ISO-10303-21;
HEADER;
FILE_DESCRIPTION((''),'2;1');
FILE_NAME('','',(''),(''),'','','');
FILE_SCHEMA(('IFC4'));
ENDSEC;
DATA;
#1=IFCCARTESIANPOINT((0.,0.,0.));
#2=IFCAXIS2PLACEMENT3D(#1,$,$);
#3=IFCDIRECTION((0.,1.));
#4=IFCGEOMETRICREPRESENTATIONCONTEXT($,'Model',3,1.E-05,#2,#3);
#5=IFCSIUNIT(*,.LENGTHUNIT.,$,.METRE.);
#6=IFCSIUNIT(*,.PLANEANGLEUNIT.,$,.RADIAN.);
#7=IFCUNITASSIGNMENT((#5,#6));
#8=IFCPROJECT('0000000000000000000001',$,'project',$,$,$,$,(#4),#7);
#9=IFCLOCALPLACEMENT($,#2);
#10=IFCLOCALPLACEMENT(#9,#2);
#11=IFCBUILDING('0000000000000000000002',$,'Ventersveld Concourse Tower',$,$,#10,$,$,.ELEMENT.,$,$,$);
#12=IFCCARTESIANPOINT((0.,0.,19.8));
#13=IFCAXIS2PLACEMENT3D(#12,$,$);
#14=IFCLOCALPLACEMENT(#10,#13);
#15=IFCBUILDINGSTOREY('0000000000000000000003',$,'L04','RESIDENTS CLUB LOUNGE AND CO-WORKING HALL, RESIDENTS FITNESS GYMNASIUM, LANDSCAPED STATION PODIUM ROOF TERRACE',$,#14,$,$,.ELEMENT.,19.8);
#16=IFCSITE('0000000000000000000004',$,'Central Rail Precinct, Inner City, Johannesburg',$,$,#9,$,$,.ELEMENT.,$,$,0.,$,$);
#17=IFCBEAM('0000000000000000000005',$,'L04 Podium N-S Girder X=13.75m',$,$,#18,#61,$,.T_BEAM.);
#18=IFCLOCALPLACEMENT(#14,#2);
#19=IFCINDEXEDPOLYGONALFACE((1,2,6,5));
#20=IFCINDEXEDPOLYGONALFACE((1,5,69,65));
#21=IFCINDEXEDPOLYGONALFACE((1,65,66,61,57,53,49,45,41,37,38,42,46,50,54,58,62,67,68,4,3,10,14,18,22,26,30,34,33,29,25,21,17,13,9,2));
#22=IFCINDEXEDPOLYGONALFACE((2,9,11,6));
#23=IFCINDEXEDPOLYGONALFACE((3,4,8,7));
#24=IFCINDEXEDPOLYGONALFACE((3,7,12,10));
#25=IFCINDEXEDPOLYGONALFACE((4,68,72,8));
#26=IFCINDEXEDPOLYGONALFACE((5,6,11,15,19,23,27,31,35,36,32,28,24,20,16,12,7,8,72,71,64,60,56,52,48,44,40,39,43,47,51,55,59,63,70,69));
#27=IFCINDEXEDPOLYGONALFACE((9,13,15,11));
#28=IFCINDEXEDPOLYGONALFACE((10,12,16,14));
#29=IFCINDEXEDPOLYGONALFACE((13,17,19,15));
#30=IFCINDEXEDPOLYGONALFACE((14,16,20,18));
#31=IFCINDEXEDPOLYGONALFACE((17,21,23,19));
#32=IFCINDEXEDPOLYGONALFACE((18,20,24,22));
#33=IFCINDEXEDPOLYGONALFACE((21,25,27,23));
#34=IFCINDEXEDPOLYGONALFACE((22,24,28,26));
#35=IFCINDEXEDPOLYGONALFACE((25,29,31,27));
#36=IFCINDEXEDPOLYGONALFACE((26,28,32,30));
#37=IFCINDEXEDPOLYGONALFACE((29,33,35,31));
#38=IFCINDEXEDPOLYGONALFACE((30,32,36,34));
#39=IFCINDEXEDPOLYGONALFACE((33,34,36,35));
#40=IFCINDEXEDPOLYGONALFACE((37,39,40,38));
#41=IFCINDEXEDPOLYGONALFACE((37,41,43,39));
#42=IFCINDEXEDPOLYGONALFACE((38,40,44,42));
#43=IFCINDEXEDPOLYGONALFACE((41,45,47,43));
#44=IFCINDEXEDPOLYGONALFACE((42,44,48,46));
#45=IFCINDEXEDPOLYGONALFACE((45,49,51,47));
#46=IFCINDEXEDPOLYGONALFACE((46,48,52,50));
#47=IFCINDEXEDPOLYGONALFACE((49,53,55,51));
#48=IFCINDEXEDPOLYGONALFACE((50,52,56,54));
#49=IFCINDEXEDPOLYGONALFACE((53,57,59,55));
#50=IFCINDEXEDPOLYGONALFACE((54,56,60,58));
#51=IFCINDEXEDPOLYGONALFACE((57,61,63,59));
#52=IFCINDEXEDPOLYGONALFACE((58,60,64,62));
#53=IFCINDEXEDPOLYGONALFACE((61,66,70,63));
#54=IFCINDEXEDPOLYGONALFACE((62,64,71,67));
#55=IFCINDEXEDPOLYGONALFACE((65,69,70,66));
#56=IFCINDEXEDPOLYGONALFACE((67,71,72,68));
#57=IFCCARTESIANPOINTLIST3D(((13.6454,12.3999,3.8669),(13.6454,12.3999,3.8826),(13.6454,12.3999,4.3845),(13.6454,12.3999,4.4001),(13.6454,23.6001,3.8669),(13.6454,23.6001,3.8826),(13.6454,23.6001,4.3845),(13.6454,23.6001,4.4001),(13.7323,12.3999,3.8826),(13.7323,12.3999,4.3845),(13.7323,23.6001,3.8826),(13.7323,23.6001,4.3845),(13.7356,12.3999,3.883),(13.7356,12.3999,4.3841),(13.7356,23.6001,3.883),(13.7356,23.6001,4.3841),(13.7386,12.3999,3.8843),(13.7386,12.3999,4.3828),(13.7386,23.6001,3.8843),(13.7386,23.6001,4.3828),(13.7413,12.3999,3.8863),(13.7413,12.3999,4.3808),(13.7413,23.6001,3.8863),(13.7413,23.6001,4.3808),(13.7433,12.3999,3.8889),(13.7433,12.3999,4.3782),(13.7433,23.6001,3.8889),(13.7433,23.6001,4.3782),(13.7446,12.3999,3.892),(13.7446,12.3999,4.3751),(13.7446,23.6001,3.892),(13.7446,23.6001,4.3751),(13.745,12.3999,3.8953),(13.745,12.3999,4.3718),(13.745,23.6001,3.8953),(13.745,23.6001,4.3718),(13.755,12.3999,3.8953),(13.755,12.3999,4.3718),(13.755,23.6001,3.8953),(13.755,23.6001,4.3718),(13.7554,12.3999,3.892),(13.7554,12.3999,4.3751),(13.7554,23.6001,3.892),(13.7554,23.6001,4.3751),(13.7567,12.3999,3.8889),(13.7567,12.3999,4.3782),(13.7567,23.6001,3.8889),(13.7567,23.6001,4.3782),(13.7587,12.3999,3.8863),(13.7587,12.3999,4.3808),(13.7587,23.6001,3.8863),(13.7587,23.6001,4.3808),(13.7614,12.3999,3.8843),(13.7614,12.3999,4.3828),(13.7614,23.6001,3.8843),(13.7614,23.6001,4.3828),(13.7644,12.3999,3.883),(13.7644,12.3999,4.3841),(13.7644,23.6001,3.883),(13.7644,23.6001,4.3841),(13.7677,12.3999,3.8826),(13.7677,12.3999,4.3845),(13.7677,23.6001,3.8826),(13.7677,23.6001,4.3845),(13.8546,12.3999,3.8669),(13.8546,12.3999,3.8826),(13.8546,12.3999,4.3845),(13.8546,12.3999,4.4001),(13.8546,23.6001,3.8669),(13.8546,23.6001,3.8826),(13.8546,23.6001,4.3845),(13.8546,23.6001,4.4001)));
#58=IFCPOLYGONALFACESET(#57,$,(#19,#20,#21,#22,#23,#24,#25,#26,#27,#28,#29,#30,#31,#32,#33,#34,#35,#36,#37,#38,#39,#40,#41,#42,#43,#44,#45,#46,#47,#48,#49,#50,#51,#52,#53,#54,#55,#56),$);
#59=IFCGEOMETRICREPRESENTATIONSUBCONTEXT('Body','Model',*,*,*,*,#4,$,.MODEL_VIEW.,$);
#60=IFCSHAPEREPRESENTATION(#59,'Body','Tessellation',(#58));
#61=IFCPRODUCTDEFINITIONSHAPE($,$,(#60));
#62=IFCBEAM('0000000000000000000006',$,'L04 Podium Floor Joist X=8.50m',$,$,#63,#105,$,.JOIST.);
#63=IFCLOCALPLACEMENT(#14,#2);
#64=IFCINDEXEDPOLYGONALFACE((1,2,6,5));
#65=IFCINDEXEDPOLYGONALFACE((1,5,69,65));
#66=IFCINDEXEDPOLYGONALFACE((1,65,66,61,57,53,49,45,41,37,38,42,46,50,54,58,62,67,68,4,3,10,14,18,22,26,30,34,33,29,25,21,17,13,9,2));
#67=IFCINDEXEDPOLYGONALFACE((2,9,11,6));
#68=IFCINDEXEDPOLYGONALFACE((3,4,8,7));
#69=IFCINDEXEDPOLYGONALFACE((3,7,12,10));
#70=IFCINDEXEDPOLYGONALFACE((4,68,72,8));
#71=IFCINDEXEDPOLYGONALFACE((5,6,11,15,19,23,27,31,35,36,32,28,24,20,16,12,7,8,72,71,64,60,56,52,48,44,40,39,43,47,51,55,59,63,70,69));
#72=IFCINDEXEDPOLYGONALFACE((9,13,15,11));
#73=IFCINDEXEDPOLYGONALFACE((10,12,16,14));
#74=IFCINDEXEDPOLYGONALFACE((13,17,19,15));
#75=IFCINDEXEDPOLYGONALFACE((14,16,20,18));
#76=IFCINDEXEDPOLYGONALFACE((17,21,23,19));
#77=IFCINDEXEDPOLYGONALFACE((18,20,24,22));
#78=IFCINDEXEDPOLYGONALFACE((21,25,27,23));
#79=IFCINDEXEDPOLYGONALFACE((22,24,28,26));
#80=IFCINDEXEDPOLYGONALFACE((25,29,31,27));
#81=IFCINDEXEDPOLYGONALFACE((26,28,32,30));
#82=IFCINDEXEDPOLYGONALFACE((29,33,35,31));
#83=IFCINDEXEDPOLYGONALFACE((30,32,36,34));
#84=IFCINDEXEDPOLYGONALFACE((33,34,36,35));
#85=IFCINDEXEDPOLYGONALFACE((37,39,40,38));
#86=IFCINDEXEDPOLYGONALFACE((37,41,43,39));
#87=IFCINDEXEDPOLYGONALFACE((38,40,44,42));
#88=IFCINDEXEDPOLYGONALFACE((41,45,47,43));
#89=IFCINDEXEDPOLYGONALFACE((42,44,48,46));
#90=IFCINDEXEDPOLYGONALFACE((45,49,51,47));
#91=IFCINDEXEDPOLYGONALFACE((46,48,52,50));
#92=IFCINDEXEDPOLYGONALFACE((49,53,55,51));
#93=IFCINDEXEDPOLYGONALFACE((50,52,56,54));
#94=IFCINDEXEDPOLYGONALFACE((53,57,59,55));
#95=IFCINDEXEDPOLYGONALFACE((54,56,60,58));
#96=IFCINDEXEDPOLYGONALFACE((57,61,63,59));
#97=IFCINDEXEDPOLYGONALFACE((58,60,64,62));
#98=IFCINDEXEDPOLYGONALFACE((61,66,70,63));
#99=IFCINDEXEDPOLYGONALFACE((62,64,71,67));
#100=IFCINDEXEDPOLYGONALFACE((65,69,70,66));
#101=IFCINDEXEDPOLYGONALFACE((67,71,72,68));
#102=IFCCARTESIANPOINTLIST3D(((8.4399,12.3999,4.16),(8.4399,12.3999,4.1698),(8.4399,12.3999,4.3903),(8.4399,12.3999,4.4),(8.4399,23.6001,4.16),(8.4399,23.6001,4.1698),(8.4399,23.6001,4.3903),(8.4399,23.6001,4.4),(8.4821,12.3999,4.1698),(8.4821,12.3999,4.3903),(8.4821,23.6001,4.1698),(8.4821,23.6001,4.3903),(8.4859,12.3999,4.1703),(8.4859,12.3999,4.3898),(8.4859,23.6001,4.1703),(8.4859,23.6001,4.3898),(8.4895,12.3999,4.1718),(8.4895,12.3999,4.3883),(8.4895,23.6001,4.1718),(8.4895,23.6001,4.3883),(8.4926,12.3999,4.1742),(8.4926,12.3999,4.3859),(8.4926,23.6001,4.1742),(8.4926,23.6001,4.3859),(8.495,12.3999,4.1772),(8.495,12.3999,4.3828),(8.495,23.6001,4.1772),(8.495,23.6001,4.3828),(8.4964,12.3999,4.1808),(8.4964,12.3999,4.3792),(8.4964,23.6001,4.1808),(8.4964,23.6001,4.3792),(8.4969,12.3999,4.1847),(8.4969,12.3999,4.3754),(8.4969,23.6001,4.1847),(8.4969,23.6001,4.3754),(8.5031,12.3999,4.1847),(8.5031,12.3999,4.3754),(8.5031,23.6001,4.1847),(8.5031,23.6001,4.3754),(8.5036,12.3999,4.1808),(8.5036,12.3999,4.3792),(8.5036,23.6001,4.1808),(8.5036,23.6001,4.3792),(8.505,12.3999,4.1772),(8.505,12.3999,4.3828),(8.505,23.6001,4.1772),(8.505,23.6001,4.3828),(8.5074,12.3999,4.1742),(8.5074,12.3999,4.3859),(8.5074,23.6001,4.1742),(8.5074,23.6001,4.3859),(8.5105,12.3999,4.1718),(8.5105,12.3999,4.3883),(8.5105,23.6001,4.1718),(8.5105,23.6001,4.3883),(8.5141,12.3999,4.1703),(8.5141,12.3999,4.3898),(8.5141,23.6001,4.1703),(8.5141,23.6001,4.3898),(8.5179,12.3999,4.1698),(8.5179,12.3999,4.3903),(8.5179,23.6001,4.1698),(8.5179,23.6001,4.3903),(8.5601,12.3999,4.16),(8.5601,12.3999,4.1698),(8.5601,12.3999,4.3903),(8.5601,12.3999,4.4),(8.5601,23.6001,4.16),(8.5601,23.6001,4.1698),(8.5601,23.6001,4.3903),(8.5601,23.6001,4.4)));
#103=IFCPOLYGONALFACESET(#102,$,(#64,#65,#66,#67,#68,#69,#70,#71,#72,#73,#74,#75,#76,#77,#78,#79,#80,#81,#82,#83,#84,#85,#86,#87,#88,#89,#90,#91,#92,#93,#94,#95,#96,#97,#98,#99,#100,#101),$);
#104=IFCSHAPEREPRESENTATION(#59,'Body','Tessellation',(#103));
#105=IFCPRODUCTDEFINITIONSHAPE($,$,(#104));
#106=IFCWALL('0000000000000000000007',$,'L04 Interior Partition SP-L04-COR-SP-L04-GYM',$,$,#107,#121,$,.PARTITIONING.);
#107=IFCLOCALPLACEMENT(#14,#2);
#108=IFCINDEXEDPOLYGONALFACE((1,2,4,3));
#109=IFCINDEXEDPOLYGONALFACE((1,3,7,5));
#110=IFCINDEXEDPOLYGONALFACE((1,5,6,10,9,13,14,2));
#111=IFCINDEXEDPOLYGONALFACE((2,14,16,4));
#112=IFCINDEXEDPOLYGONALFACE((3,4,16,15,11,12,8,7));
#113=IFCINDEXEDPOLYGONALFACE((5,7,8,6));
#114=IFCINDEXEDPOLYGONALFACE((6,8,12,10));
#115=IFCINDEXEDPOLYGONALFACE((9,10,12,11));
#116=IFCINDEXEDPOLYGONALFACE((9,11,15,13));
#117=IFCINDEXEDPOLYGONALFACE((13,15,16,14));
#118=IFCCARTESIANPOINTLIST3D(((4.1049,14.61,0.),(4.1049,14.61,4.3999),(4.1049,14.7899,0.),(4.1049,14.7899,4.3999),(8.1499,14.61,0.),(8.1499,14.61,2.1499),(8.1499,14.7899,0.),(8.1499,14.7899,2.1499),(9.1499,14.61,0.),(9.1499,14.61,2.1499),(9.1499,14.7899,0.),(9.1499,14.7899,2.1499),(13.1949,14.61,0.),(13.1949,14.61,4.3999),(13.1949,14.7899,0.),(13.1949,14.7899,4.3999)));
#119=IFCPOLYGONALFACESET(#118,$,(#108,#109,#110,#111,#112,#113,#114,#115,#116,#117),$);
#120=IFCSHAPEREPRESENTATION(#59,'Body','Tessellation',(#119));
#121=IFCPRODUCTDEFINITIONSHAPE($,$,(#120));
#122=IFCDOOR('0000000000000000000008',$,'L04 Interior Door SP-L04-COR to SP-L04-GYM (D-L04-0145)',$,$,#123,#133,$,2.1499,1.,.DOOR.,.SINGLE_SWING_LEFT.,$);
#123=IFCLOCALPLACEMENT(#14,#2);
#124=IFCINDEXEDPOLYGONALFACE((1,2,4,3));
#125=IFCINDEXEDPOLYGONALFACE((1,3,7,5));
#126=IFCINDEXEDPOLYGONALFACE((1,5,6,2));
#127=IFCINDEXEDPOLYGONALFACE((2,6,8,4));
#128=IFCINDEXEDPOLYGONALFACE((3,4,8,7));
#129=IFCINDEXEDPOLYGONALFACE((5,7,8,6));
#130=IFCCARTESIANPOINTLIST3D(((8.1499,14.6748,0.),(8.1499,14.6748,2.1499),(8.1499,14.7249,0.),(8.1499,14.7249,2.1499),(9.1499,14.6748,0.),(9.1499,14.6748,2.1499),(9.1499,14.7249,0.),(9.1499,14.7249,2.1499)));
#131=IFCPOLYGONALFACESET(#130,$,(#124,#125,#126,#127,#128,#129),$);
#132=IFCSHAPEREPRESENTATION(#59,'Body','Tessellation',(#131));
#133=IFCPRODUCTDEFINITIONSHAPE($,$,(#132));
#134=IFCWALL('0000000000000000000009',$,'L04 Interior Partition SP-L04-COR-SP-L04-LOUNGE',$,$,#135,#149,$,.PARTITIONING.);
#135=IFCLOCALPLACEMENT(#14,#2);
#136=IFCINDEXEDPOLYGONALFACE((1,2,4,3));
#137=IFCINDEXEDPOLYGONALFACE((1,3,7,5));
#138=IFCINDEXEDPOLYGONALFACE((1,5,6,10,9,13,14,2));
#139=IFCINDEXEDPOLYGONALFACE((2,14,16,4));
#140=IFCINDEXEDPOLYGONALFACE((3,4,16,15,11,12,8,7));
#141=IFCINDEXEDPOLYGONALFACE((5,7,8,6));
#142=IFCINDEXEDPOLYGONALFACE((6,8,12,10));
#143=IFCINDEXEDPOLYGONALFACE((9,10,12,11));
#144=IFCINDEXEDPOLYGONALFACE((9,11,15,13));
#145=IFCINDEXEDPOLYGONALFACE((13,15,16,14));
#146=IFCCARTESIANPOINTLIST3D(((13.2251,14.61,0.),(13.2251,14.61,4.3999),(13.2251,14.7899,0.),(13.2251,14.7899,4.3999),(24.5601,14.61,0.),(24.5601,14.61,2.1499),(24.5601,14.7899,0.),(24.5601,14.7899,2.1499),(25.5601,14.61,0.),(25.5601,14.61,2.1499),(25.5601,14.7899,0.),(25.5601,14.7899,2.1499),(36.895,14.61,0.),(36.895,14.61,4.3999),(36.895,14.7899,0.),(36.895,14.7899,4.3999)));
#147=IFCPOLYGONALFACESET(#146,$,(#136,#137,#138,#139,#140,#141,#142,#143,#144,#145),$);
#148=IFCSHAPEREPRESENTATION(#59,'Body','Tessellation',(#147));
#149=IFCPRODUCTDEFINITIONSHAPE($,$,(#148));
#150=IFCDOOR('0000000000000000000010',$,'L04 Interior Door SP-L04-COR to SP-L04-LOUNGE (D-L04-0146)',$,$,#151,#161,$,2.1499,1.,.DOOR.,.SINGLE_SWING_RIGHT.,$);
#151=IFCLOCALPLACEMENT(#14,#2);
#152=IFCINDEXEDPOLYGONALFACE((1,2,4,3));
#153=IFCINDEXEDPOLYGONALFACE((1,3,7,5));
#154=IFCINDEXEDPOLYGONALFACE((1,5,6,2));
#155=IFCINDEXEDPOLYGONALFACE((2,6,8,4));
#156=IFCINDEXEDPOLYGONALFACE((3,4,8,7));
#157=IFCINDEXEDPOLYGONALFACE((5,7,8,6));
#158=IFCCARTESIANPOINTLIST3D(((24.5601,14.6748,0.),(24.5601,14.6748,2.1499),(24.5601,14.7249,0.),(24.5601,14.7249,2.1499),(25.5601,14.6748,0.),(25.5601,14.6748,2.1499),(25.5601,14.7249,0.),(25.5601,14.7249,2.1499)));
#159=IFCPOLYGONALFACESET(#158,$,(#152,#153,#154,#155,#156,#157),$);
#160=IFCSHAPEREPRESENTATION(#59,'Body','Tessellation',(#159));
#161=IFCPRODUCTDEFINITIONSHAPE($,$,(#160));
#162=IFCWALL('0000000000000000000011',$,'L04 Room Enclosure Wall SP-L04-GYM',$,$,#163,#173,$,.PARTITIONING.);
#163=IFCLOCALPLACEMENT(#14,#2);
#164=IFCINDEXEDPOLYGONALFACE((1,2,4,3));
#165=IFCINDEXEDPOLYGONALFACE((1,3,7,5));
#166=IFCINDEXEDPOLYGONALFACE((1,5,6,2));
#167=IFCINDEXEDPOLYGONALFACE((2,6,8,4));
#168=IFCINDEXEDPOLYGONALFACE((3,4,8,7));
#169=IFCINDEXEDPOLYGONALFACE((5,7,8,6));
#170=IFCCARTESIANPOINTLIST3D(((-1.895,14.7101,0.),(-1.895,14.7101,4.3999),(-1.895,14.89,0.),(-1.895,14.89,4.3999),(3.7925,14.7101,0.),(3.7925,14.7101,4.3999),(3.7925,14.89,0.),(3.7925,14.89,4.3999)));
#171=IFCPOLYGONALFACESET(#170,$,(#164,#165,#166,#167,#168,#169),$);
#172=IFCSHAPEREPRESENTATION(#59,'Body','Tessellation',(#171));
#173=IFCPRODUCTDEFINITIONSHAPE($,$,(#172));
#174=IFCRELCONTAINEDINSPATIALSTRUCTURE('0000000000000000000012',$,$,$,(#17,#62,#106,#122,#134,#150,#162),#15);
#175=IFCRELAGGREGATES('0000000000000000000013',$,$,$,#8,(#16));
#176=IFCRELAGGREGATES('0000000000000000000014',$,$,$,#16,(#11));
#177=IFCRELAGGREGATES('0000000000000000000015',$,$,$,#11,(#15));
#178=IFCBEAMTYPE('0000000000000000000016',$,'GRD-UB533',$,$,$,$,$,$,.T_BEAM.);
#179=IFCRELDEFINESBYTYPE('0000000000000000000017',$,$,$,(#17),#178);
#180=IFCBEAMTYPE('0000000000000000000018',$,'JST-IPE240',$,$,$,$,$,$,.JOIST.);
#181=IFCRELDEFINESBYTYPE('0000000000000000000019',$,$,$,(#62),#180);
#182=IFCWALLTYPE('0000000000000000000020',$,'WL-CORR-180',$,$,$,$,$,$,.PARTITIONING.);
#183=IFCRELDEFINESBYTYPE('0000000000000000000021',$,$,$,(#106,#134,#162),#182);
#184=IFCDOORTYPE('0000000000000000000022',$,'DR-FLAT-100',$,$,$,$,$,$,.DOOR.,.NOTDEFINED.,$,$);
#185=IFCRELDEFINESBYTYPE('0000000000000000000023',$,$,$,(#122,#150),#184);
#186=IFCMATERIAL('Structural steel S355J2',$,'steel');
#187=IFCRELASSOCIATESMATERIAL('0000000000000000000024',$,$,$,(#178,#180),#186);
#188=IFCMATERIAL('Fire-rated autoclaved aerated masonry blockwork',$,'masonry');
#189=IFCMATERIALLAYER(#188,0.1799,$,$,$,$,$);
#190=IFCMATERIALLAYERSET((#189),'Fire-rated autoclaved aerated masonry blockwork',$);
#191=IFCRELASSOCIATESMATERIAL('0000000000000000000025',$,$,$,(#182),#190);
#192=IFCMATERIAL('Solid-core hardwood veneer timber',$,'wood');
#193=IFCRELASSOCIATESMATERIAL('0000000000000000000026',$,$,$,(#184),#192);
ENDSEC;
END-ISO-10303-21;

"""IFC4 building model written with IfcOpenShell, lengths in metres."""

from ifc_helpers import new_model, si_unit, direction, frame, frame_2d, origin, origin_2d, place, context, subcontext, project, spatial, rectangle, i_section, extrude, material, layer, layer_set, material_profile, profile_set, type_object, element, fill, save


model = new_model("IFC4")

# Units and contexts
model_context = context("Model", 3, precision=1e-05, world=origin(), true_north=direction((0.0, 1.0)))
body_context = subcontext(model_context, "Body", "Model", "MODEL_VIEW")
ifc_project = project(units=[si_unit("LENGTHUNIT", "METRE"), si_unit("PLANEANGLEUNIT", "RADIAN")], contexts=[model_context])

# Site, building, storey
site_placement = place(None, origin())
site = spatial("IfcSite", under=ifc_project, at=site_placement, Name="Central Rail Precinct, Inner City, Johannesburg", CompositionType="ELEMENT", RefElevation=0.0)
building_placement = place(site_placement, origin())
building = spatial("IfcBuilding", under=site, at=building_placement, Name="Ventersveld Concourse Tower", CompositionType="ELEMENT")
storey_placement = place(building_placement, frame((0.0, 0.0, 19.8)))
storey = spatial("IfcBuildingStorey", under=building, at=storey_placement, Name="L04", Description="RESIDENTS CLUB LOUNGE AND CO-WORKING HALL, RESIDENTS FITNESS GYMNASIUM, LANDSCAPED STATION PODIUM ROOF TERRACE", CompositionType="ELEMENT", Elevation=19.8)

# Beams
ifc_material_1 = material(Name="Structural steel S355J2", Category="steel")
ifc_material_profile_1 = material_profile(ifc_material_1, i_section(OverallWidth=0.2092, OverallDepth=0.5332, WebThickness=0.01, FlangeThickness=0.0156, FilletRadius=0.0127, at=origin_2d()), Name="UB 533x210x92")
ifc_profile_set_1 = profile_set([ifc_material_profile_1], Name="Structural steel S355J2")
beam_type_1 = type_object("IfcBeamType", Name="GRD-UB533", PredefinedType="T_BEAM", material=ifc_profile_set_1)
beam_1_placement = place(storey_placement, frame((13.75, 12.3999, 4.1335), z_axis=(0.0, 1.0, 0.0), x_axis=(-1.0, 0.0, 0.0)))
element("IfcBeam", 1, at=beam_1_placement, inside=storey, type_object=beam_type_1, Name="L04 Podium N-S Girder X=13.75m", PredefinedType="T_BEAM", context=body_context, shape_type="SweptSolid", body=[
    extrude(i_section(OverallWidth=0.2092, OverallDepth=0.5332, WebThickness=0.01, FlangeThickness=0.0156, FilletRadius=0.0127, at=origin_2d()), origin(), (0.0, 0.0, 1.0), 11.2002),
])
ifc_material_profile_2 = material_profile(ifc_material_1, i_section(OverallWidth=0.1201, OverallDepth=0.24, WebThickness=0.0061, FlangeThickness=0.0098, FilletRadius=0.0149, at=origin_2d()), Name="IPE 240")
ifc_profile_set_2 = profile_set([ifc_material_profile_2], Name="Structural steel S355J2")
beam_type_2 = type_object("IfcBeamType", Name="JST-IPE240", PredefinedType="JOIST", material=ifc_profile_set_2)
beam_2_placement = place(storey_placement, frame((8.5, 12.3999, 4.28), z_axis=(0.0, 1.0, 0.0), x_axis=(-1.0, 0.0, 0.0)))
element("IfcBeam", 2, at=beam_2_placement, inside=storey, type_object=beam_type_2, Name="L04 Podium Floor Joist X=8.50m", PredefinedType="JOIST", context=body_context, shape_type="SweptSolid", body=[
    extrude(i_section(OverallWidth=0.1201, OverallDepth=0.24, WebThickness=0.0061, FlangeThickness=0.0098, FilletRadius=0.0149, at=origin_2d()), origin(), (0.0, 0.0, 1.0), 11.2002),
])

# Walls, openings, doors
ifc_material_2 = material(Name="Fire-rated autoclaved aerated masonry blockwork", Category="masonry")
ifc_layer_1 = layer(ifc_material_2, 0.1799)
ifc_layer_set_1 = layer_set([ifc_layer_1], Name="Fire-rated autoclaved aerated masonry blockwork")
wall_type_1 = type_object("IfcWallType", Name="WL-CORR-180", PredefinedType="PARTITIONING", material=ifc_layer_set_1)
wall_1_placement = place(storey_placement, frame((4.105, 14.7, 0.0), z_axis=(0.0, 0.0, 1.0), x_axis=(1.0, 0.0, 0.0)))
wall_1 = element("IfcWall", 3, at=wall_1_placement, inside=storey, type_object=wall_type_1, Name="L04 Interior Partition SP-L04-COR-SP-L04-GYM", PredefinedType="PARTITIONING", context=body_context, shape_type="SweptSolid", body=[
    extrude(rectangle(XDim=9.0901, YDim=0.1799, at=frame_2d((4.5449, 0.0))), origin(), (0.0, 0.0, 1.0), 4.3999),
])
opening_1_placement = place(wall_1_placement, frame((4.0449, 0.0, 0.0)))
opening_1 = element("IfcOpeningElement", 4, at=opening_1_placement, cuts=wall_1, PredefinedType="OPENING", context=body_context, shape_type="SweptSolid", body=[
    extrude(rectangle(XDim=1.0, YDim=2.1499, at=frame_2d((0.5, 1.075))), frame((0.0, 0.1001, 0.0), z_axis=(0.0, -1.0, 0.0), x_axis=(1.0, 0.0, 0.0)), (0.0, 0.0, 1.0), 0.2),
])
ifc_material_3 = material(Name="Solid-core hardwood veneer timber", Category="wood")
door_type = type_object("IfcDoorType", Name="DR-FLAT-100", OperationType="NOTDEFINED", PredefinedType="DOOR", material=ifc_material_3)
door_1_placement = place(opening_1_placement, origin())
door_1 = element("IfcDoor", 5, at=door_1_placement, inside=storey, type_object=door_type, Name="L04 Interior Door SP-L04-COR to SP-L04-GYM (D-L04-0145)", OperationType="SINGLE_SWING_LEFT", OverallHeight=2.1499, OverallWidth=1.0, PredefinedType="DOOR", context=body_context, shape_type="SweptSolid", body=[
    extrude(rectangle(XDim=1.0, YDim=2.1499, at=frame_2d((0.5, 1.075))), frame((0.0, 0.0249, 0.0), z_axis=(0.0, -1.0, 0.0), x_axis=(1.0, 0.0, 0.0)), (0.0, 0.0, 1.0), 0.05),
])
fill(opening_1, door_1)
wall_2_placement = place(storey_placement, frame((13.2251, 14.7, 0.0), z_axis=(0.0, 0.0, 1.0), x_axis=(1.0, 0.0, 0.0)))
wall_2 = element("IfcWall", 6, at=wall_2_placement, inside=storey, type_object=wall_type_1, Name="L04 Interior Partition SP-L04-COR-SP-L04-LOUNGE", PredefinedType="PARTITIONING", context=body_context, shape_type="SweptSolid", body=[
    extrude(rectangle(XDim=23.6699, YDim=0.1799, at=frame_2d((11.835, 0.0))), origin(), (0.0, 0.0, 1.0), 4.3999),
])
opening_2_placement = place(wall_2_placement, frame((11.335, 0.0, 0.0)))
opening_2 = element("IfcOpeningElement", 7, at=opening_2_placement, cuts=wall_2, PredefinedType="OPENING", context=body_context, shape_type="SweptSolid", body=[
    extrude(rectangle(XDim=1.0, YDim=2.1499, at=frame_2d((0.5, 1.075))), frame((0.0, 0.1001, 0.0), z_axis=(0.0, -1.0, 0.0), x_axis=(1.0, 0.0, 0.0)), (0.0, 0.0, 1.0), 0.2),
])
door_2_placement = place(opening_2_placement, origin())
door_2 = element("IfcDoor", 8, at=door_2_placement, inside=storey, type_object=door_type, Name="L04 Interior Door SP-L04-COR to SP-L04-LOUNGE (D-L04-0146)", OperationType="SINGLE_SWING_RIGHT", OverallHeight=2.1499, OverallWidth=1.0, PredefinedType="DOOR", context=body_context, shape_type="SweptSolid", body=[
    extrude(rectangle(XDim=1.0, YDim=2.1499, at=frame_2d((0.5, 1.075))), frame((0.0, 0.0249, 0.0), z_axis=(0.0, -1.0, 0.0), x_axis=(1.0, 0.0, 0.0)), (0.0, 0.0, 1.0), 0.05),
])
fill(opening_2, door_2)

# Wall
wall_3_placement = place(storey_placement, frame((-1.895, 14.8, 0.0), z_axis=(0.0, 0.0, 1.0), x_axis=(1.0, 0.0, 0.0)))
element("IfcWall", 9, at=wall_3_placement, inside=storey, type_object=wall_type_1, Name="L04 Room Enclosure Wall SP-L04-GYM", PredefinedType="PARTITIONING", context=body_context, shape_type="SweptSolid", body=[
    extrude(rectangle(XDim=5.6875, YDim=0.1799, at=frame_2d((2.8438, 0.0))), origin(), (0.0, 0.0, 1.0), 4.3999),
])

save(model, "model.ifc")
